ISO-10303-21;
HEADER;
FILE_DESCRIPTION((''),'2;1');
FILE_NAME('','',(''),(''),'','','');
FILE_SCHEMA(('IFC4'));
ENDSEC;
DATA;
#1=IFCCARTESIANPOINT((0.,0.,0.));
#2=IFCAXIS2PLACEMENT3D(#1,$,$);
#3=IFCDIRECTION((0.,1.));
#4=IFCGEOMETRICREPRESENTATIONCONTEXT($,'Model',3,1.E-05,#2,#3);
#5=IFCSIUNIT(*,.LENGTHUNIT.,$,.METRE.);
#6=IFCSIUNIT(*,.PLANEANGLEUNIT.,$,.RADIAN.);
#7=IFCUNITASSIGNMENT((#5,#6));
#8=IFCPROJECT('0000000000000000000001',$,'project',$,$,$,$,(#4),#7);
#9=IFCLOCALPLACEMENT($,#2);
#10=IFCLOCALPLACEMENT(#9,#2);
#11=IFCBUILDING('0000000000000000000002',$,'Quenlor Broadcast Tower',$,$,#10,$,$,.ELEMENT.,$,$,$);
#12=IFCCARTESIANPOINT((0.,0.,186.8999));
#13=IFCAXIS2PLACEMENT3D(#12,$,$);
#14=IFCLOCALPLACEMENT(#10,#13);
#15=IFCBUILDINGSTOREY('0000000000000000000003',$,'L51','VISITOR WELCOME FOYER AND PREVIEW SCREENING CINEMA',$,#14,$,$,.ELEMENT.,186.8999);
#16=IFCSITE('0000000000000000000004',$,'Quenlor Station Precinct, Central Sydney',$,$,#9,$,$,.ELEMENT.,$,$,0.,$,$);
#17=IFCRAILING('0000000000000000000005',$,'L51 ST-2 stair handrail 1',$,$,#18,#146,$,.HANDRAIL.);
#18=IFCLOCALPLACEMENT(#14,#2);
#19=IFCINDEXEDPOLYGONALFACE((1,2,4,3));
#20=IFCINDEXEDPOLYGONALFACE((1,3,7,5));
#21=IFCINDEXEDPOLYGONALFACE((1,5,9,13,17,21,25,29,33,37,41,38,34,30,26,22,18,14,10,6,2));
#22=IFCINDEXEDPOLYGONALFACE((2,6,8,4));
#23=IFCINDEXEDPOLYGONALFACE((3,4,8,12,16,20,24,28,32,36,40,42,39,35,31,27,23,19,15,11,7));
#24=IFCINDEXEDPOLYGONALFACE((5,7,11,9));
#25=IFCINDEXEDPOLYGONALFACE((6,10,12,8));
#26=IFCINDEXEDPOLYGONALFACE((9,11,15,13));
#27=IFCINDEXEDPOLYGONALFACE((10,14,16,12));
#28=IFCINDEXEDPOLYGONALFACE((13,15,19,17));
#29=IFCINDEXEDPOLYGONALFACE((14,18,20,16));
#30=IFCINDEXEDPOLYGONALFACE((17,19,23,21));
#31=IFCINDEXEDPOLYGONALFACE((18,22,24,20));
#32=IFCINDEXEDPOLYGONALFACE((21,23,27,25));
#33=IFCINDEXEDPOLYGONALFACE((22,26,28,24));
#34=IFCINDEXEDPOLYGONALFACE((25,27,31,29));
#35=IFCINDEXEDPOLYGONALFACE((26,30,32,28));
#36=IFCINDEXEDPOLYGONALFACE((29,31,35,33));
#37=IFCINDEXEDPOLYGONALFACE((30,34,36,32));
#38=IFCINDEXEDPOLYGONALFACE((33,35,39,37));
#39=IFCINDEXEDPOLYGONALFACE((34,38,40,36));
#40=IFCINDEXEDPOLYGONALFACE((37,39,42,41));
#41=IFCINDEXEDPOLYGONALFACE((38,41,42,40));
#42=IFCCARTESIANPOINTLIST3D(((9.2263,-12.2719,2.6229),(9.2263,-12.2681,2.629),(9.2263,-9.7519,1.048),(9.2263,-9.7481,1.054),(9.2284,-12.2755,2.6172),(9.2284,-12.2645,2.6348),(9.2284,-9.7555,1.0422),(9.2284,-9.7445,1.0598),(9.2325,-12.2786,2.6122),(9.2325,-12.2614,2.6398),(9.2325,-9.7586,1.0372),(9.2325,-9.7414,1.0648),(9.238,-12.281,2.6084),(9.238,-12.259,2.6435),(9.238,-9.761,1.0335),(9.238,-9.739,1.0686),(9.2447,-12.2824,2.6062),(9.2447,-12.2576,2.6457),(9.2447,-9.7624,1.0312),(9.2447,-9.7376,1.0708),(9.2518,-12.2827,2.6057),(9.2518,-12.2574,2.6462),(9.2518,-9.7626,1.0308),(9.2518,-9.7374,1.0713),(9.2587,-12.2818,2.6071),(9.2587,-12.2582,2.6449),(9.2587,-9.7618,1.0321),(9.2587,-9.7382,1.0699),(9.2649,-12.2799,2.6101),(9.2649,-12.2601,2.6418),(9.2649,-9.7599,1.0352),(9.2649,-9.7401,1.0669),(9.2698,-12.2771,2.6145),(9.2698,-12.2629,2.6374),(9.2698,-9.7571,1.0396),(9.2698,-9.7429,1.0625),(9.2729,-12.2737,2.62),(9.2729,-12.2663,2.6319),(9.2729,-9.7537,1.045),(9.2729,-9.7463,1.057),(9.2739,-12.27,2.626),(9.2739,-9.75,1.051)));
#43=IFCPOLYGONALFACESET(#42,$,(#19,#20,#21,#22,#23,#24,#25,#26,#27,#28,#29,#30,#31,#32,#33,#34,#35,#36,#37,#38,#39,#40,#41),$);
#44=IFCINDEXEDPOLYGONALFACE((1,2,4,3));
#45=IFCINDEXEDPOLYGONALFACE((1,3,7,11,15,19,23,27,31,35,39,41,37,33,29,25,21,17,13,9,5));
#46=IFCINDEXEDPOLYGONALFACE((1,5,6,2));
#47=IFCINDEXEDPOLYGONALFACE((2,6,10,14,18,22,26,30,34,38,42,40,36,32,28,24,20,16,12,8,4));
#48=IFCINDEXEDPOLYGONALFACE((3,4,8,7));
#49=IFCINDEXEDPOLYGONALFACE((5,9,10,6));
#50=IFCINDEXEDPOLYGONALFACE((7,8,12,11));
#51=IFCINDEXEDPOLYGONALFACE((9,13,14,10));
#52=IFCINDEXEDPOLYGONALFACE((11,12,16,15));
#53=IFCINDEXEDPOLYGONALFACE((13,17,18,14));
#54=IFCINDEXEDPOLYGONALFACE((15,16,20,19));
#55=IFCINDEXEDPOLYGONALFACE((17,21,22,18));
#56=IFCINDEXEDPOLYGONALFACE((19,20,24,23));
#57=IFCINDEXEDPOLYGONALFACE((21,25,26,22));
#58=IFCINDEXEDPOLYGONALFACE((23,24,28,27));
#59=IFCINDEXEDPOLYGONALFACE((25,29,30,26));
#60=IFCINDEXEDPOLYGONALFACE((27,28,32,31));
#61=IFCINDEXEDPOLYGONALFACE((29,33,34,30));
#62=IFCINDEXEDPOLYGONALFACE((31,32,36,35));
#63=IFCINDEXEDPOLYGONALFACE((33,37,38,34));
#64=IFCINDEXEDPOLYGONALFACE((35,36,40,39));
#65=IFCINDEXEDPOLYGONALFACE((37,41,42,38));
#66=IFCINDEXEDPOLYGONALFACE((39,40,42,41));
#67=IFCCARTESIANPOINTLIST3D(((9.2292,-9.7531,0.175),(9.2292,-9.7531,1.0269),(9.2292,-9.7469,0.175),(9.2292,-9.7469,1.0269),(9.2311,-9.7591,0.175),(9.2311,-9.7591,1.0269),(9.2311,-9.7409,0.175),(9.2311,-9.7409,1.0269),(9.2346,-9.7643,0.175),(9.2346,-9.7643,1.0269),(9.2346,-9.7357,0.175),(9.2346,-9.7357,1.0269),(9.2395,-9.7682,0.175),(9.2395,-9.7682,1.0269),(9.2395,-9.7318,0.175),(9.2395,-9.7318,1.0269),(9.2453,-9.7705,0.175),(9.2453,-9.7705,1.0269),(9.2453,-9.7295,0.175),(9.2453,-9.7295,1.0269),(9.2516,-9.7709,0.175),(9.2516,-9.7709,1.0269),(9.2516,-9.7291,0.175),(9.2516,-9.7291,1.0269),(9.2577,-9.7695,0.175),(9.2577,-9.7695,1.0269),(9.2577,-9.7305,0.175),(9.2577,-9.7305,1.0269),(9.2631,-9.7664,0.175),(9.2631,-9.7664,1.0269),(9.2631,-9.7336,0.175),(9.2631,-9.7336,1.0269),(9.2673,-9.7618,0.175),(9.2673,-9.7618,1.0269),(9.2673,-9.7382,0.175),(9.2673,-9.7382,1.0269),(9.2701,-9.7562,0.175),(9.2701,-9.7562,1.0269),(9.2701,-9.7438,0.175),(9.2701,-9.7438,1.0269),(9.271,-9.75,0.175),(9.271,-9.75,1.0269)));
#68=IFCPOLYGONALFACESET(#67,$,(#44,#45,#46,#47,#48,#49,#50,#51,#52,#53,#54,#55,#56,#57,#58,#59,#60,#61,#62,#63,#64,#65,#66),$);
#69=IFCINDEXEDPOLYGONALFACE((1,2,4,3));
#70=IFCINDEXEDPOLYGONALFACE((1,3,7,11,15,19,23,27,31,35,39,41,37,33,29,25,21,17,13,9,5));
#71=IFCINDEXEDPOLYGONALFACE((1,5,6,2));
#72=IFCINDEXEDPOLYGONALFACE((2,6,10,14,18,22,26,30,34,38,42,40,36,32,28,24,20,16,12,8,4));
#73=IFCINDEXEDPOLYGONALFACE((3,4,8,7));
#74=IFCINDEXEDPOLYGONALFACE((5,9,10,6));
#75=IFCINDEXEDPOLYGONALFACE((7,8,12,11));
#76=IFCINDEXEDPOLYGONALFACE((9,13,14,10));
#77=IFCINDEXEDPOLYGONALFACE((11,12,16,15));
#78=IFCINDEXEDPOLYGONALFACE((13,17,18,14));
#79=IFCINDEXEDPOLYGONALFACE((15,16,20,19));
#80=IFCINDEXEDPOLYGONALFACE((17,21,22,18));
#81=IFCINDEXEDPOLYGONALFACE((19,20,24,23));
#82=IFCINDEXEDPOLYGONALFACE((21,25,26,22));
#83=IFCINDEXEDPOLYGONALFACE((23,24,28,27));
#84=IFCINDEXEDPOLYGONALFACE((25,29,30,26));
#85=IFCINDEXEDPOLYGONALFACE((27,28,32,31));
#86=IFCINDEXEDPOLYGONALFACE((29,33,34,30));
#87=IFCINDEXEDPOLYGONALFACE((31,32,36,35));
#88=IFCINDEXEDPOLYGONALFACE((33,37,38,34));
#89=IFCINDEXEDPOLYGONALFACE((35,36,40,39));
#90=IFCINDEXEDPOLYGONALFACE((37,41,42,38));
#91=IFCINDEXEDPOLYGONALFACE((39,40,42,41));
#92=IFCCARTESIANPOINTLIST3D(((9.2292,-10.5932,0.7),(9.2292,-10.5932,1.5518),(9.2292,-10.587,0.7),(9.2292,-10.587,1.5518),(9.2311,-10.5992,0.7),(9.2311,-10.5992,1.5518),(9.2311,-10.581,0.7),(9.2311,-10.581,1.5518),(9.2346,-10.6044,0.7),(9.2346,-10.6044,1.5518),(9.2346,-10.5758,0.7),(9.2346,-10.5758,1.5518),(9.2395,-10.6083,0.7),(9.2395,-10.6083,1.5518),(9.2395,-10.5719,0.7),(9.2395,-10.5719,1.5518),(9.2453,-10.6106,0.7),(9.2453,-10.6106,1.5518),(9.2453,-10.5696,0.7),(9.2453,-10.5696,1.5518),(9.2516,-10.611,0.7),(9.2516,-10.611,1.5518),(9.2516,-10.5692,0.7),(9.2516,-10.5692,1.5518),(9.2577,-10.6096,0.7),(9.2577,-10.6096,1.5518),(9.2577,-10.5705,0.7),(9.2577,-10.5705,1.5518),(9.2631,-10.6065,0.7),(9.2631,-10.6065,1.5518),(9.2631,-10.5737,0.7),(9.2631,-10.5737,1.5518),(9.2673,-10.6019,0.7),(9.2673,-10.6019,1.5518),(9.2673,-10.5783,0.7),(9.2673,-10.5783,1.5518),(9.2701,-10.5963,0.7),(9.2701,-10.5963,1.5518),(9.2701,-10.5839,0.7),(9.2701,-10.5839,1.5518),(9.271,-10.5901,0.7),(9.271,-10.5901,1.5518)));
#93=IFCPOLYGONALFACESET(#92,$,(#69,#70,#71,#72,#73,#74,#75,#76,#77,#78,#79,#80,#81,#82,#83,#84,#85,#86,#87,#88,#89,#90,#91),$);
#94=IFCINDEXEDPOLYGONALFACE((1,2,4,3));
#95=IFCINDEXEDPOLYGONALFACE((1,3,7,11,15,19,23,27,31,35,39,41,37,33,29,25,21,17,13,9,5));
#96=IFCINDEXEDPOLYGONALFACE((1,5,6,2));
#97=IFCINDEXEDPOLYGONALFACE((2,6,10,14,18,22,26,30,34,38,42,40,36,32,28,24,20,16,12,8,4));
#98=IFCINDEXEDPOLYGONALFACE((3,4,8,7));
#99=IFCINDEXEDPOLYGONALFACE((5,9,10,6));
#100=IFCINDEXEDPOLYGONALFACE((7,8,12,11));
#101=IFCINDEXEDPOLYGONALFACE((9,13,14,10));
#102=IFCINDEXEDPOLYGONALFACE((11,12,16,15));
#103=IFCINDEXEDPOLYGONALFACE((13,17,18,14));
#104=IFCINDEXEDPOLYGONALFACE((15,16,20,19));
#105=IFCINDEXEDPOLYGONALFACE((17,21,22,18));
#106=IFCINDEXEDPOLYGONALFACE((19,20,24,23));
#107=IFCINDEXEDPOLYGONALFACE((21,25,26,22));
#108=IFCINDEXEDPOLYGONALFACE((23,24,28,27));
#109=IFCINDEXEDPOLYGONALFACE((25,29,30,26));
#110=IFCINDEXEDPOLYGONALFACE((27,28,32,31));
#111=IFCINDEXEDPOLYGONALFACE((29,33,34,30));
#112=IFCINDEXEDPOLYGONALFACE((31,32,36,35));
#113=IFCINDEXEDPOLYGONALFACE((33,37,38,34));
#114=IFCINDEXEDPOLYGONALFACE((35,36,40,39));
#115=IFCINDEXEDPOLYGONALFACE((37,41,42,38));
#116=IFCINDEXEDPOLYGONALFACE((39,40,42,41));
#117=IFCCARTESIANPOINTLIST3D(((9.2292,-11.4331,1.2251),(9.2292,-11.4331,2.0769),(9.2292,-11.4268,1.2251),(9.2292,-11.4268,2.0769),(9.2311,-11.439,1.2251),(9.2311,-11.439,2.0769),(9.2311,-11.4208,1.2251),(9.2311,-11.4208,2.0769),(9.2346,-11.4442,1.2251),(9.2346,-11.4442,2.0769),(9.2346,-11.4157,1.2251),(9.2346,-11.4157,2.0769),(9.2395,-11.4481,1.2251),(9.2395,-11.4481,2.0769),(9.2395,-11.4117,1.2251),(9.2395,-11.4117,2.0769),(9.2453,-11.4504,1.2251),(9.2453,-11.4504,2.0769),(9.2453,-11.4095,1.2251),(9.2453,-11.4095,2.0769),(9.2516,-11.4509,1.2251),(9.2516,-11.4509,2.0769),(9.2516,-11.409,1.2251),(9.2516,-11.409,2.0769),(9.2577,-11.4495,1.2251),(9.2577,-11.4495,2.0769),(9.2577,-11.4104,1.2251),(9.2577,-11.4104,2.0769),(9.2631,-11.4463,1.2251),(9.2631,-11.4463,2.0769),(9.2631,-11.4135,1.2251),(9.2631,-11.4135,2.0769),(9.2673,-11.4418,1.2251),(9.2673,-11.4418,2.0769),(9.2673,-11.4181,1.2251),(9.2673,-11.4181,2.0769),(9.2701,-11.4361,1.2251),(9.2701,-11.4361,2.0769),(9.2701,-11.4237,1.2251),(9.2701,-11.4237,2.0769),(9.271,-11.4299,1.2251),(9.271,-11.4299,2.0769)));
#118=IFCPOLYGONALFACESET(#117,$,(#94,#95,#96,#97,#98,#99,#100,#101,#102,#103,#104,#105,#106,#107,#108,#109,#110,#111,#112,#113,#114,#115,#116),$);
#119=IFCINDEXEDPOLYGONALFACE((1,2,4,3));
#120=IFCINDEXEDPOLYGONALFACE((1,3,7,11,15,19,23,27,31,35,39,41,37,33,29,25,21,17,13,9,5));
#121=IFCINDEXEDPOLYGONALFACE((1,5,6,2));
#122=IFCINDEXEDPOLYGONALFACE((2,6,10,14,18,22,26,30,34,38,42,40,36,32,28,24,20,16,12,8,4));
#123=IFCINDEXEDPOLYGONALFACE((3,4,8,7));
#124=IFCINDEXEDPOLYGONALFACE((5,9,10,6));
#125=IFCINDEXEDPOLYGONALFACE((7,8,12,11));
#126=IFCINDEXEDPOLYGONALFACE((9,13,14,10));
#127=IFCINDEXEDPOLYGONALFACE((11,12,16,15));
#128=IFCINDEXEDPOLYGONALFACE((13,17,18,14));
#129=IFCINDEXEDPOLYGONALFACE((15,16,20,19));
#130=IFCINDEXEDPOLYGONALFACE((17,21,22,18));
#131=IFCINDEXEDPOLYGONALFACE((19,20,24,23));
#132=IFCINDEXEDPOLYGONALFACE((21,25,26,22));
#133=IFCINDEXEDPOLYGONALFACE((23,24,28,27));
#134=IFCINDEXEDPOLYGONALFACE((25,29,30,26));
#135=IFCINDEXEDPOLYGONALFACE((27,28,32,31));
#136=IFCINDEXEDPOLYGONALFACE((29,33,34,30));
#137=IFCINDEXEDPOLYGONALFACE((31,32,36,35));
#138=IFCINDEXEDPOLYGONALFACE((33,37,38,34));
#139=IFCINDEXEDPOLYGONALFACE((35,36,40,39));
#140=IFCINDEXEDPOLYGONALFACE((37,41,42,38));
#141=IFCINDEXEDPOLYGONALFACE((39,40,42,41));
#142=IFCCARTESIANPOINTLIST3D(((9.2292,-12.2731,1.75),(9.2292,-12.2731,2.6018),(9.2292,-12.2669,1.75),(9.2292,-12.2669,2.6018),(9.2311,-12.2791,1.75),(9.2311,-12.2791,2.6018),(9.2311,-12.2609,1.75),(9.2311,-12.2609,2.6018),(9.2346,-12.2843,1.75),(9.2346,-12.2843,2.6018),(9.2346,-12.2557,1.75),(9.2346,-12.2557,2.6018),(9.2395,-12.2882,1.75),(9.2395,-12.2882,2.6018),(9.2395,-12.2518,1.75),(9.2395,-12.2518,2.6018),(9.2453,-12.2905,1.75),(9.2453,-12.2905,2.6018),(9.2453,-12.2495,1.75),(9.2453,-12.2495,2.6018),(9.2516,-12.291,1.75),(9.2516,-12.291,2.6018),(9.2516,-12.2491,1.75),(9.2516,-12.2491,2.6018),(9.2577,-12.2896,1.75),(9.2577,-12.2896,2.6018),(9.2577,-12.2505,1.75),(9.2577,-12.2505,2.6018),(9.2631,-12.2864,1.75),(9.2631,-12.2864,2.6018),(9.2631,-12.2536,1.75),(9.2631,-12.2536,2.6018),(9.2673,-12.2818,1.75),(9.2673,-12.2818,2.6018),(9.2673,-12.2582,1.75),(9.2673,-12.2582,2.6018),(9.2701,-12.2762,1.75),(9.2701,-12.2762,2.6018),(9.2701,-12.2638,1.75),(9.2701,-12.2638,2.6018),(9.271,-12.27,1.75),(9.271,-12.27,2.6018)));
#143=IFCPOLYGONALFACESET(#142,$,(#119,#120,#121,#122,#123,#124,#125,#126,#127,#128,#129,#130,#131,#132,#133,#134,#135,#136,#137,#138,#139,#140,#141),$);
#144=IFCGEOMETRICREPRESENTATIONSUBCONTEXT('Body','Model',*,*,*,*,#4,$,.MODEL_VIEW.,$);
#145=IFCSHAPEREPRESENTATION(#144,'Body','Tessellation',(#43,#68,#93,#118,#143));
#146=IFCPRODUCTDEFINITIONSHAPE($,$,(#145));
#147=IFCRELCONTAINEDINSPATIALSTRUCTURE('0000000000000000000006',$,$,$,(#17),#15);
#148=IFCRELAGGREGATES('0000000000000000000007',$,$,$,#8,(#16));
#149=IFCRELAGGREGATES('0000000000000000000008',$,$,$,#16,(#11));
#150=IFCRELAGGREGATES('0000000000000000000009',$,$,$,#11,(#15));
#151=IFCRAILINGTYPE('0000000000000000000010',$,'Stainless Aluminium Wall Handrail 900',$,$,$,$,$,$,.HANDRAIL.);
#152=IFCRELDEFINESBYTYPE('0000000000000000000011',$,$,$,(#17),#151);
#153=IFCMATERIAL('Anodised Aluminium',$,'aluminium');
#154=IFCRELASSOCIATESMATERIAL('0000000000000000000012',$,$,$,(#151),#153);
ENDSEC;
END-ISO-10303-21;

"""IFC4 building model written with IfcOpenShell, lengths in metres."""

from ifc_helpers import new_model, si_unit, direction, frame, origin, origin_2d, place, context, subcontext, project, spatial, circle, extrude, material, type_object, element, save


model = new_model("IFC4")

# Units and contexts
model_context = context("Model", 3, precision=1e-05, world=origin(), true_north=direction((0.0, 1.0)))
body_context = subcontext(model_context, "Body", "Model", "MODEL_VIEW")
ifc_project = project(units=[si_unit("LENGTHUNIT", "METRE"), si_unit("PLANEANGLEUNIT", "RADIAN")], contexts=[model_context])

# Site, building, storey
site_placement = place(None, origin())
site = spatial("IfcSite", under=ifc_project, at=site_placement, Name="Quenlor Station Precinct, Central Sydney", CompositionType="ELEMENT", RefElevation=0.0)
building_placement = place(site_placement, origin())
building = spatial("IfcBuilding", under=site, at=building_placement, Name="Quenlor Broadcast Tower", CompositionType="ELEMENT")
storey_placement = place(building_placement, frame((0.0, 0.0, 186.8999)))
storey = spatial("IfcBuildingStorey", under=building, at=storey_placement, Name="L51", Description="VISITOR WELCOME FOYER AND PREVIEW SCREENING CINEMA", CompositionType="ELEMENT", Elevation=186.8999)

# Railing
ifc_material_1 = material(Name="Anodised Aluminium", Category="aluminium")
railing_type = type_object("IfcRailingType", Name="Stainless Aluminium Wall Handrail 900", PredefinedType="HANDRAIL", material=ifc_material_1)
railing_placement = place(storey_placement, frame((9.25, -9.75, 0.175)))
element("IfcRailing", 1, at=railing_placement, inside=storey, type_object=railing_type, Name="L51 ST-2 stair handrail 1", PredefinedType="HANDRAIL", context=body_context, shape_type="SweptSolid", body=[
    extrude(circle(Radius=0.0239, at=origin_2d()), frame((0.0, 0.0, 0.876), z_axis=(0.0, -0.848008, 0.529984), x_axis=(1.0, 0.0, 0.0)), (0.0, 0.0, 1.0), 2.9717),
    extrude(circle(Radius=0.021, at=origin_2d()), origin(), (0.0, 0.0, 1.0), 0.8518),
    extrude(circle(Radius=0.021, at=origin_2d()), frame((0.0, -0.8401, 0.5249)), (0.0, 0.0, 1.0), 0.8518),
    extrude(circle(Radius=0.021, at=origin_2d()), frame((0.0, -1.6799, 1.05)), (0.0, 0.0, 1.0), 0.8518),
    extrude(circle(Radius=0.021, at=origin_2d()), frame((0.0, -2.52, 1.575)), (0.0, 0.0, 1.0), 0.8518),
])

save(model, "model.ifc")
